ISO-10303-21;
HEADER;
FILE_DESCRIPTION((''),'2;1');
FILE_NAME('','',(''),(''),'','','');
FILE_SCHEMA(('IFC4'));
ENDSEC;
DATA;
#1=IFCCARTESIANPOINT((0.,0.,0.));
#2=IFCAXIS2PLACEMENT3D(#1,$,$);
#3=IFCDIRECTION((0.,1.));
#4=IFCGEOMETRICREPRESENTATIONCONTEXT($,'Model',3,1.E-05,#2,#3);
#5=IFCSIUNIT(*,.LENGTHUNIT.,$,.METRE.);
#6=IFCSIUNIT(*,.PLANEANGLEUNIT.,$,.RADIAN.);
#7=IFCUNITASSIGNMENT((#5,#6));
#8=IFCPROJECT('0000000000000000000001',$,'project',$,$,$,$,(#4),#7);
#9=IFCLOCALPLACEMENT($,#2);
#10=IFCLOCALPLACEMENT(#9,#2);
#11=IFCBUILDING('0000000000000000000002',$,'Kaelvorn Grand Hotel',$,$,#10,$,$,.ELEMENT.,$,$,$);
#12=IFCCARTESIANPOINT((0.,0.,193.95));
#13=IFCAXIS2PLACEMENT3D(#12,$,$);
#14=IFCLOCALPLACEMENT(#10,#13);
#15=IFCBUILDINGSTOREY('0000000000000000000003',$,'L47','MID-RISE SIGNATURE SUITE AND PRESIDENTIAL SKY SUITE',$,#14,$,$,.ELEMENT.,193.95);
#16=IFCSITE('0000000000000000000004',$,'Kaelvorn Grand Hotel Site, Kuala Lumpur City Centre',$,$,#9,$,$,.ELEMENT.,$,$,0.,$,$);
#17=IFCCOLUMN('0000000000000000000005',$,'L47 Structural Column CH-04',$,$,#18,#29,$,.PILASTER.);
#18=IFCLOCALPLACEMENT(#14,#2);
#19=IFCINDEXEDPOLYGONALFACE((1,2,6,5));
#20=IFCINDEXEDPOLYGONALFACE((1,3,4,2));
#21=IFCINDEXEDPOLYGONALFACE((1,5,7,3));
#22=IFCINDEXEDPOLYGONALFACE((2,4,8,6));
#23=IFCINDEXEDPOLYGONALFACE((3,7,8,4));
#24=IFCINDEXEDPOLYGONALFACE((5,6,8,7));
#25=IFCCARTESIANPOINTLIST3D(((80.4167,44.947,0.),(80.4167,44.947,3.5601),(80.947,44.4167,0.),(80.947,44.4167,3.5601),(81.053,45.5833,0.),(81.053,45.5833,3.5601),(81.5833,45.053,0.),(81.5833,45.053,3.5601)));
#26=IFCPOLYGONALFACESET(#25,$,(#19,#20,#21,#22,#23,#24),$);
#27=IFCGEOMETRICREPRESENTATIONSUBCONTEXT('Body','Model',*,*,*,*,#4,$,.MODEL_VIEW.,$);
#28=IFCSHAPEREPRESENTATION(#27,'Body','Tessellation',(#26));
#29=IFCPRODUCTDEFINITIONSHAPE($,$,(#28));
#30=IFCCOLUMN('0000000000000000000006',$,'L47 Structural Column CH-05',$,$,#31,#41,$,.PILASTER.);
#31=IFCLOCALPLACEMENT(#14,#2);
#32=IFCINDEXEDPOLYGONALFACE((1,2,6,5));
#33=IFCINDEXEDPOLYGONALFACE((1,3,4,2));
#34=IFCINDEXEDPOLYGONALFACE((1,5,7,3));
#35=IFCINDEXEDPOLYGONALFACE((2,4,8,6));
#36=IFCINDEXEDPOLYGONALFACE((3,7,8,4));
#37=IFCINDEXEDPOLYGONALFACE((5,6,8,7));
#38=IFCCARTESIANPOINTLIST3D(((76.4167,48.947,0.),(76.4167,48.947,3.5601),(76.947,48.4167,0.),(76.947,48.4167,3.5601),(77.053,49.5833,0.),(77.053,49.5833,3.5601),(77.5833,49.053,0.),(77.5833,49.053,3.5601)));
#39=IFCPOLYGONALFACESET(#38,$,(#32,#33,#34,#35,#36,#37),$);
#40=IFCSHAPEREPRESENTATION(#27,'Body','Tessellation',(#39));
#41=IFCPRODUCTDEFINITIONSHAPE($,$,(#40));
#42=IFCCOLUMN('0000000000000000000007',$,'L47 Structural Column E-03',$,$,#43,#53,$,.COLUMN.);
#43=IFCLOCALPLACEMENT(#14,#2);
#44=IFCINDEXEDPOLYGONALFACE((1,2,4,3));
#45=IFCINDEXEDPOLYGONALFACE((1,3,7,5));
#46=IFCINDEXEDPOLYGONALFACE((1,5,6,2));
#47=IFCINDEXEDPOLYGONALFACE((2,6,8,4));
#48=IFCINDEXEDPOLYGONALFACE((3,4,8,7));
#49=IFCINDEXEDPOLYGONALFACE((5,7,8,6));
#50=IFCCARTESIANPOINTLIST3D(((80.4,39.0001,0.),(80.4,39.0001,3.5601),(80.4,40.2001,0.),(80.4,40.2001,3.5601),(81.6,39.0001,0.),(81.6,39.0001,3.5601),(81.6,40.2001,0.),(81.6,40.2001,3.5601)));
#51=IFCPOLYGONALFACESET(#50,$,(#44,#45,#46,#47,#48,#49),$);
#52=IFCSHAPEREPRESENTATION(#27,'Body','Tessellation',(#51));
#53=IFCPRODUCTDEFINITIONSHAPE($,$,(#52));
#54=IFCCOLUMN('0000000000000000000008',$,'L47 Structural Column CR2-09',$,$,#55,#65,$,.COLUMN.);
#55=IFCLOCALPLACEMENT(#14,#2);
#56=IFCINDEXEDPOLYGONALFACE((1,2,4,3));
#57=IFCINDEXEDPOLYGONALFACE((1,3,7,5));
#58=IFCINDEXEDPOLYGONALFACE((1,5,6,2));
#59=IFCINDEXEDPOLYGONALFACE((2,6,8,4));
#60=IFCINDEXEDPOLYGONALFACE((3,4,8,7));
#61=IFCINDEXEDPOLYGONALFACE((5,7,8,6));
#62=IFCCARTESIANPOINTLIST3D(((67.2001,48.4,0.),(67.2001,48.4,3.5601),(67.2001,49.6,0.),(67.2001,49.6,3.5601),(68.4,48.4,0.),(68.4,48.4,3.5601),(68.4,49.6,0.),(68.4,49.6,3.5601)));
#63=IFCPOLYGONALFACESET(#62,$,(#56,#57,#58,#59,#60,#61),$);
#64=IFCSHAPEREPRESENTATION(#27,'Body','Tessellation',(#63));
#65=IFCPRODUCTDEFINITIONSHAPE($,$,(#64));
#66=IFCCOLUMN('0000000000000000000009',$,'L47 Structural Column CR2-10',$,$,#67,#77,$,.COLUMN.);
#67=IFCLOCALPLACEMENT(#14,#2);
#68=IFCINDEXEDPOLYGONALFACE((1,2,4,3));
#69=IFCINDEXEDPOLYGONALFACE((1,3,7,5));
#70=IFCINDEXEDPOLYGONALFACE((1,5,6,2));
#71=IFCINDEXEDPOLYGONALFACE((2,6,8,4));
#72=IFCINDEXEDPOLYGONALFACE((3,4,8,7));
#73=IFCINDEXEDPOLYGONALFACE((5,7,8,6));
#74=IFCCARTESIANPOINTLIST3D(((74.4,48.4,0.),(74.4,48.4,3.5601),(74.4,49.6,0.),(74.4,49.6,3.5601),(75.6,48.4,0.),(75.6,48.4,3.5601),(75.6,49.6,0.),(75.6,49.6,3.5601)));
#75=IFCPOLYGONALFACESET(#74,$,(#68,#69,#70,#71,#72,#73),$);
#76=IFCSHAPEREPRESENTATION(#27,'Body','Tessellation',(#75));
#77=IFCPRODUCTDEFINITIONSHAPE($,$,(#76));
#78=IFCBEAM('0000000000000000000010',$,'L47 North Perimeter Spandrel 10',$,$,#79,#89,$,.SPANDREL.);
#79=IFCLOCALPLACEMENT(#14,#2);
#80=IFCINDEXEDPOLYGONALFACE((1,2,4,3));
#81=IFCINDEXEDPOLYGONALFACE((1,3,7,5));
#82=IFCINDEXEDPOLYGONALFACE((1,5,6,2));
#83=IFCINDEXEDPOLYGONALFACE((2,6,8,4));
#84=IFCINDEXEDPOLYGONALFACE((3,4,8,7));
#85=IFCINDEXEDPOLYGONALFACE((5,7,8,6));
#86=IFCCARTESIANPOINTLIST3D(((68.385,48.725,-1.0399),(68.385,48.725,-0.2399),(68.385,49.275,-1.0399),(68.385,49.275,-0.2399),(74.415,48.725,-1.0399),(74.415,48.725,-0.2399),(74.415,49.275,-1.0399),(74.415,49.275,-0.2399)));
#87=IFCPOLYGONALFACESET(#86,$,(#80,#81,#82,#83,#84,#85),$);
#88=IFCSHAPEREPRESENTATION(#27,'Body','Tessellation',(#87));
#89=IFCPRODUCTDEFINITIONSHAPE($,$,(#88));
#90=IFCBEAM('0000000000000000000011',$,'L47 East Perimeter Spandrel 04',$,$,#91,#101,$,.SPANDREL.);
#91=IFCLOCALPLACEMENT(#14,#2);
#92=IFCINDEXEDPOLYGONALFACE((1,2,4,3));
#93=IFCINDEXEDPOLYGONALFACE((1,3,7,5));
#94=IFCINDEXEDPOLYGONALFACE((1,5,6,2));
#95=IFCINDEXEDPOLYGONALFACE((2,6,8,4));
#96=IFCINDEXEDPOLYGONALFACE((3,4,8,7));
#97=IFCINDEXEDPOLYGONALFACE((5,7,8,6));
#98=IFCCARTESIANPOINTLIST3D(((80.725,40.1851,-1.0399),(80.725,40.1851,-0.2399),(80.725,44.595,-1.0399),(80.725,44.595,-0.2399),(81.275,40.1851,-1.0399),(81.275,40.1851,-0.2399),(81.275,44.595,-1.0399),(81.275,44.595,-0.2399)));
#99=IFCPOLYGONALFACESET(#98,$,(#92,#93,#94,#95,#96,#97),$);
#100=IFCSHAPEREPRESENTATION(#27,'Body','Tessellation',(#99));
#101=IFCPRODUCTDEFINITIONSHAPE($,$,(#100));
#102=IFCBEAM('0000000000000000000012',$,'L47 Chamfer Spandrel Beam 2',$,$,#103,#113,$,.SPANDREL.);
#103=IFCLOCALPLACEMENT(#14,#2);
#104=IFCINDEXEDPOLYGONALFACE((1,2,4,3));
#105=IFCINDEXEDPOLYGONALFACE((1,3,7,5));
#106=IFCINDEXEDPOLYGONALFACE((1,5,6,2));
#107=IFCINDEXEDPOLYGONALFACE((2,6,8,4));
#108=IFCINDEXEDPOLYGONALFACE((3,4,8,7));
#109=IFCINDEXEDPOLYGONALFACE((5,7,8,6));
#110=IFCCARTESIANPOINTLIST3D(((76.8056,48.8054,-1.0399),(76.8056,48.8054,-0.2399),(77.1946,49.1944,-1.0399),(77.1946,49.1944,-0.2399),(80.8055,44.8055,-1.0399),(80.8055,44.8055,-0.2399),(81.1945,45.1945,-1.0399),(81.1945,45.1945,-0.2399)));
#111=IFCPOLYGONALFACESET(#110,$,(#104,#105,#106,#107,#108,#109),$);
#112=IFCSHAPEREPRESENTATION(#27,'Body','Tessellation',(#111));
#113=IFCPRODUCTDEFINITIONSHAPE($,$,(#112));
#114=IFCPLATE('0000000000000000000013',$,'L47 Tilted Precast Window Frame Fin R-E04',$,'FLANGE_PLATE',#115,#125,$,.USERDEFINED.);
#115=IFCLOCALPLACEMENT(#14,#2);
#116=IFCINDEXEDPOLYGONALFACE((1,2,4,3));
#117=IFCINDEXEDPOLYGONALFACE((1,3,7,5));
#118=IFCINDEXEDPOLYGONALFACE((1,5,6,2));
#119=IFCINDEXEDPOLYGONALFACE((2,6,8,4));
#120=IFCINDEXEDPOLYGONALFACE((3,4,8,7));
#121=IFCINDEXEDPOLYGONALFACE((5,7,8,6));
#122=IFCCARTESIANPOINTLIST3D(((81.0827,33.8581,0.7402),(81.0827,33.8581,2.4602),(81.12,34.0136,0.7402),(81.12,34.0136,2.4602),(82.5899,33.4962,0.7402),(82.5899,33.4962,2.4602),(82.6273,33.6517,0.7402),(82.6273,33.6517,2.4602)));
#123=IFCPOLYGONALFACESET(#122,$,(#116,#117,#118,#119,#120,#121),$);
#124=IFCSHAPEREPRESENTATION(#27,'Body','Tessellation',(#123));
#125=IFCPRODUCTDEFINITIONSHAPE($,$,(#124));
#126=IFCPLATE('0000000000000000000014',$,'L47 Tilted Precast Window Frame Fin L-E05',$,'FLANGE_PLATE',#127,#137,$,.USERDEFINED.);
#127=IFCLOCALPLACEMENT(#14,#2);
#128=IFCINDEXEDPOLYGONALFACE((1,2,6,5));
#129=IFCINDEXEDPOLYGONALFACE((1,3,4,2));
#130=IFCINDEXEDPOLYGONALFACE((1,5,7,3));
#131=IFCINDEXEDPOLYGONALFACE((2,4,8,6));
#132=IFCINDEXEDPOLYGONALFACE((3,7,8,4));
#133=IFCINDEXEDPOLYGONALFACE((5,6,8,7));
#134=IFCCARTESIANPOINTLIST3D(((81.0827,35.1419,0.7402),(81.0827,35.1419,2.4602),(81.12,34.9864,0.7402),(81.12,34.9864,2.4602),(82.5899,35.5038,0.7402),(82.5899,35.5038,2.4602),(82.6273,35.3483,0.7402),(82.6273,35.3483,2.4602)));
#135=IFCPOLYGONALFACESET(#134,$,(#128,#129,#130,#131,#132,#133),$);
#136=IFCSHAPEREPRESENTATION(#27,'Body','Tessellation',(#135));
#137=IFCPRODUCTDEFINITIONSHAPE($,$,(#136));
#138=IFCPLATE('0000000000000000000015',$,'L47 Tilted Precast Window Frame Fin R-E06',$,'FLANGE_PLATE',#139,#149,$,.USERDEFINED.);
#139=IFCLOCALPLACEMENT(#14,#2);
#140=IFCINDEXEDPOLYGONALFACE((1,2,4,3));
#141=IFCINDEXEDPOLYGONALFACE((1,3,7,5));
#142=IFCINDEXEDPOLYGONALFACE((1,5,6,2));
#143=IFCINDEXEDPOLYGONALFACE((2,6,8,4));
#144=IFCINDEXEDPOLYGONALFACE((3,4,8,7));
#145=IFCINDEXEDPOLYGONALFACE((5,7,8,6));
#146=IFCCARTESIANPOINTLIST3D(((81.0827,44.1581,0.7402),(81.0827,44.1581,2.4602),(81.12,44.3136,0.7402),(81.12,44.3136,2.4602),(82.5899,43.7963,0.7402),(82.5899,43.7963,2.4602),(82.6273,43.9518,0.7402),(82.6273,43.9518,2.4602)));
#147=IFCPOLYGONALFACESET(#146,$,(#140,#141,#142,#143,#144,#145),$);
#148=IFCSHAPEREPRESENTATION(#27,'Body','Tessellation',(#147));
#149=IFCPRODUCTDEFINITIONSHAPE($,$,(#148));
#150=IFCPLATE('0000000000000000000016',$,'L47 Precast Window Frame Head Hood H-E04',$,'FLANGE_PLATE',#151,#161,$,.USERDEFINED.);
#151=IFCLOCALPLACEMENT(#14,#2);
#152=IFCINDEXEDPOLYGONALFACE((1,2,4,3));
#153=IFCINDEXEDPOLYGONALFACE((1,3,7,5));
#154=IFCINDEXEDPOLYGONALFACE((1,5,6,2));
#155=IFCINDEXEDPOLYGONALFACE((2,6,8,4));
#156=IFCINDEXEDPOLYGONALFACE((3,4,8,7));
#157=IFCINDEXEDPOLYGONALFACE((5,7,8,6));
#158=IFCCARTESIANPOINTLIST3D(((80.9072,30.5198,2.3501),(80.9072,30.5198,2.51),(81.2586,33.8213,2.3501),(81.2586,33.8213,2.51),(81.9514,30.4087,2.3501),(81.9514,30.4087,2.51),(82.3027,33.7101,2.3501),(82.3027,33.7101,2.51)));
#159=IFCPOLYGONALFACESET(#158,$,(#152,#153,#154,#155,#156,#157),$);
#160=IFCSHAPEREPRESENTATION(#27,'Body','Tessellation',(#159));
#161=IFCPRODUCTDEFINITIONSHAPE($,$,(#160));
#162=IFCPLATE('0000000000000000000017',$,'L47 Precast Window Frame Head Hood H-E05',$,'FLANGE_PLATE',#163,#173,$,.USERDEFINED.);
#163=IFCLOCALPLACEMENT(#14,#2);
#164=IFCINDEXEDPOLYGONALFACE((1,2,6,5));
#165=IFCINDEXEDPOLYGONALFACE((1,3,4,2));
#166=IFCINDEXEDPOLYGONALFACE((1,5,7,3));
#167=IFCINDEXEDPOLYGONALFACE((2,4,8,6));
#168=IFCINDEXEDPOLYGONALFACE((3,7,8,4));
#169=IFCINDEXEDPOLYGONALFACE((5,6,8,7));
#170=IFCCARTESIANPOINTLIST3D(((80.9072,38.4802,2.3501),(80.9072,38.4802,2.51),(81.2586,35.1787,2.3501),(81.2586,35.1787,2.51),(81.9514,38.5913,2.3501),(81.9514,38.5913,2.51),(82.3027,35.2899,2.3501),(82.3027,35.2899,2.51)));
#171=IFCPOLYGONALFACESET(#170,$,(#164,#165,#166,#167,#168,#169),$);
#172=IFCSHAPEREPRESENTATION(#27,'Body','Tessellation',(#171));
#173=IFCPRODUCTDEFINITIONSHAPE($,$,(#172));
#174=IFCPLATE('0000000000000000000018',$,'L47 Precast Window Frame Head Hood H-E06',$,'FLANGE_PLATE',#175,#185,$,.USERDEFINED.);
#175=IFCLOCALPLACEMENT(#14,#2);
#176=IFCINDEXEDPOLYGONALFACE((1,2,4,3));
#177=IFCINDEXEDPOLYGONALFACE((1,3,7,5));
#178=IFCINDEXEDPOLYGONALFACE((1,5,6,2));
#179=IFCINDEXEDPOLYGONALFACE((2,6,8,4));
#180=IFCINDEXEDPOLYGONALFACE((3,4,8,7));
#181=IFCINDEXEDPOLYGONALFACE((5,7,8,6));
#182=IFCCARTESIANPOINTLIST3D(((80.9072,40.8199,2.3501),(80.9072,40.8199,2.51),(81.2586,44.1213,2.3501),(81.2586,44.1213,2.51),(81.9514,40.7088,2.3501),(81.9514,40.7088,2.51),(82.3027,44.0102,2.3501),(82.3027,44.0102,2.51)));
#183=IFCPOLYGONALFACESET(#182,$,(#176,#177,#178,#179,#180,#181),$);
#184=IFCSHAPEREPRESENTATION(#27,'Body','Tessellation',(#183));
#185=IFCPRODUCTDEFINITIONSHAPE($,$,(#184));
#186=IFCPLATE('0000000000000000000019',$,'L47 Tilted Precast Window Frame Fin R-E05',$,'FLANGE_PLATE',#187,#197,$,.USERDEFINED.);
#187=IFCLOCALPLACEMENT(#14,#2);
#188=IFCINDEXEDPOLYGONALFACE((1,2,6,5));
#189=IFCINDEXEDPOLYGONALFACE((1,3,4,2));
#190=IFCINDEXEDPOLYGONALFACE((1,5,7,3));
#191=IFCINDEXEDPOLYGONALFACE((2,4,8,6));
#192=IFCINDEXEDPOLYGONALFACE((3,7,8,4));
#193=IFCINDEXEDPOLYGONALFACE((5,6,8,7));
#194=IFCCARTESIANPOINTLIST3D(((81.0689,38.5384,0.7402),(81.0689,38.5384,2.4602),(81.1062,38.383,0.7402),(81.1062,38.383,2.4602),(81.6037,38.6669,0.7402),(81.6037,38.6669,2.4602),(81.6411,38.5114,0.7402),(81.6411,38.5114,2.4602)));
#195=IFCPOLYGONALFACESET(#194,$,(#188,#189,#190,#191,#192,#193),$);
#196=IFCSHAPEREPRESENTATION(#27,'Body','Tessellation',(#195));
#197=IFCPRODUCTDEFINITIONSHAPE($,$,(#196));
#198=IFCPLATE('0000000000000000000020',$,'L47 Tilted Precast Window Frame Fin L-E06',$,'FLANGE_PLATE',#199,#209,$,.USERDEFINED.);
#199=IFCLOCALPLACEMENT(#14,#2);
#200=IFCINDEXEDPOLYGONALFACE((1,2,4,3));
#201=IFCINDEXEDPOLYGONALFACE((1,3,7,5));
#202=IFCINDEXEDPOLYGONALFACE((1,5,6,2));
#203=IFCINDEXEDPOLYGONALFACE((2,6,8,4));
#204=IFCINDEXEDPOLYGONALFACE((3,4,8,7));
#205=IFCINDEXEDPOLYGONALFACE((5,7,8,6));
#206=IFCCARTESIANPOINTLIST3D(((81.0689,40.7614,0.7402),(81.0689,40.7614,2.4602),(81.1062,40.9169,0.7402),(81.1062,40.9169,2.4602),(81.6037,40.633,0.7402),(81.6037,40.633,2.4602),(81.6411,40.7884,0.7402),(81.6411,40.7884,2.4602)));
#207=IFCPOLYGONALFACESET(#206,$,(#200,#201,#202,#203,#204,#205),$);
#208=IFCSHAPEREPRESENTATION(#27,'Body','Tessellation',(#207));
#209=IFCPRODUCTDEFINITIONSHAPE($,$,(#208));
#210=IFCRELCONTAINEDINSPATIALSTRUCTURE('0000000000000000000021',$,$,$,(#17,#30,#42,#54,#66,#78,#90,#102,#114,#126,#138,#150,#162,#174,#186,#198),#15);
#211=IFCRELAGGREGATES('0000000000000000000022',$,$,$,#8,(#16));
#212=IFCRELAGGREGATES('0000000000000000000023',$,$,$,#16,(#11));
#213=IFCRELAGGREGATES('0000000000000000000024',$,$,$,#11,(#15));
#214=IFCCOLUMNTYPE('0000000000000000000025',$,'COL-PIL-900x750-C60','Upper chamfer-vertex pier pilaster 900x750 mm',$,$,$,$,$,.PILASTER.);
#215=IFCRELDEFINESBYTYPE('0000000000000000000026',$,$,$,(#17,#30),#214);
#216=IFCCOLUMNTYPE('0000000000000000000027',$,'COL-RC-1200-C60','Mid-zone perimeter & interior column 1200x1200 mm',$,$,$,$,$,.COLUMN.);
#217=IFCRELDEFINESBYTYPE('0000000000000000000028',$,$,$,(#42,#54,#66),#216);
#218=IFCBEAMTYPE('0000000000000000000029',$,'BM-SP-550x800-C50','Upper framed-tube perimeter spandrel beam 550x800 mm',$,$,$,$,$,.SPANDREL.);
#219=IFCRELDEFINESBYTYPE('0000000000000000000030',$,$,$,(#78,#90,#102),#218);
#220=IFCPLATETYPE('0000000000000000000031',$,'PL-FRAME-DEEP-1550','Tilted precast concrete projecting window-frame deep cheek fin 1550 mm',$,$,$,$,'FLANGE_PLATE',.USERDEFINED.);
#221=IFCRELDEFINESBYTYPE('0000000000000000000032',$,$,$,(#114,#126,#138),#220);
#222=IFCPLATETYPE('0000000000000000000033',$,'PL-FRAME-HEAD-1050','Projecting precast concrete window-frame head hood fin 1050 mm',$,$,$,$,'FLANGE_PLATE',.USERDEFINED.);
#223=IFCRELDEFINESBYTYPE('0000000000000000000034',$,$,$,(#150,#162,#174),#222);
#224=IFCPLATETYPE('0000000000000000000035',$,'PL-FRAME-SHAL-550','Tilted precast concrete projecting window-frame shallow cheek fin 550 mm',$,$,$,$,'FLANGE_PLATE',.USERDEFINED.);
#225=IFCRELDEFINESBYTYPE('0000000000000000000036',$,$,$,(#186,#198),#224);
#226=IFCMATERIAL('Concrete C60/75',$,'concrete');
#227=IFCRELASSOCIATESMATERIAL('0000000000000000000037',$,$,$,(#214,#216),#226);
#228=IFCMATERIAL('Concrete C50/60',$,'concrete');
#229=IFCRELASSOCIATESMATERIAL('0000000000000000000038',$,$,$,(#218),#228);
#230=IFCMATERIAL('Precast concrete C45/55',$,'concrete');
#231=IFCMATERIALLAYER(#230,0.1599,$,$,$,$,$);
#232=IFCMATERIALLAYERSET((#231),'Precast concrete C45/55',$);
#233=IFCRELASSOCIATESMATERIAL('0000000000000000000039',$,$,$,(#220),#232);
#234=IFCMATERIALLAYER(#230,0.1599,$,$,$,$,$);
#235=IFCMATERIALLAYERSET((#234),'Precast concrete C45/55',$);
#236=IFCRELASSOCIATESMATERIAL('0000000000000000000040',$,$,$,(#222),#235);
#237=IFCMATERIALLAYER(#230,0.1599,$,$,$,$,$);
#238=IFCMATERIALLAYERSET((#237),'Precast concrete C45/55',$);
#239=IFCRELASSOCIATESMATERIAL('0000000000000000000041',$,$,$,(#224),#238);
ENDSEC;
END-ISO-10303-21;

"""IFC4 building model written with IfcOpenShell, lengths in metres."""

from ifc_helpers import new_model, si_unit, direction, frame, origin, origin_2d, place, context, subcontext, project, spatial, rectangle, extrude, material, layer, layer_set, material_profile, profile_set, type_object, element, save


model = new_model("IFC4")

# Units and contexts
model_context = context("Model", 3, precision=1e-05, world=origin(), true_north=direction((0.0, 1.0)))
body_context = subcontext(model_context, "Body", "Model", "MODEL_VIEW")
ifc_project = project(units=[si_unit("LENGTHUNIT", "METRE"), si_unit("PLANEANGLEUNIT", "RADIAN")], contexts=[model_context])

# Site, building, storey
site_placement = place(None, origin())
site = spatial("IfcSite", under=ifc_project, at=site_placement, Name="Kaelvorn Grand Hotel Site, Kuala Lumpur City Centre", CompositionType="ELEMENT", RefElevation=0.0)
building_placement = place(site_placement, origin())
building = spatial("IfcBuilding", under=site, at=building_placement, Name="Kaelvorn Grand Hotel", CompositionType="ELEMENT")
storey_placement = place(building_placement, frame((0.0, 0.0, 193.95)))
storey = spatial("IfcBuildingStorey", under=building, at=storey_placement, Name="L47", Description="MID-RISE SIGNATURE SUITE AND PRESIDENTIAL SKY SUITE", CompositionType="ELEMENT", Elevation=193.95)

# Columns
ifc_material_1 = material(Name="Concrete C60/75", Category="concrete")
ifc_material_profile_1 = material_profile(ifc_material_1, rectangle(XDim=0.8999, YDim=0.75, at=origin_2d()), Name="RC PILASTER 900x750")
ifc_profile_set_1 = profile_set([ifc_material_profile_1], Name="Concrete C60/75")
column_type_1 = type_object("IfcColumnType", Name="COL-PIL-900x750-C60", Description="Upper chamfer-vertex pier pilaster 900x750 mm", PredefinedType="PILASTER", material=ifc_profile_set_1)
for number, where, z_axis, x_axis, name in (
    (1, (81.0, 45.0, 0.0), (0.0, 0.0, 1.0), (0.707107, 0.707107, 0.0), "L47 Structural Column CH-04"),
    (2, (77.0, 49.0, 0.0), (0.0, 0.0, 1.0), (0.707107, 0.707107, 0.0), "L47 Structural Column CH-05"),
):
    element("IfcColumn", number, at=place(storey_placement, frame(where, z_axis=z_axis, x_axis=x_axis)), inside=storey, type_object=column_type_1, Name=name, PredefinedType="PILASTER", context=body_context, shape_type="SweptSolid", body=[
        extrude(rectangle(XDim=0.8999, YDim=0.75, at=origin_2d()), origin(), (0.0, 0.0, 1.0), 3.5601),
    ])
ifc_material_profile_2 = material_profile(ifc_material_1, rectangle(XDim=1.2, YDim=1.2, at=origin_2d()), Name="RC COL 1200x1200")
ifc_profile_set_2 = profile_set([ifc_material_profile_2], Name="Concrete C60/75")
column_type_2 = type_object("IfcColumnType", Name="COL-RC-1200-C60", Description="Mid-zone perimeter & interior column 1200x1200 mm", PredefinedType="COLUMN", material=ifc_profile_set_2)
for number, where, z_axis, x_axis, name in (
    (3, (81.0, 39.6001, 0.0), (0.0, 0.0, 1.0), (1.0, 0.0, 0.0), "L47 Structural Column E-03"),
    (4, (67.8, 49.0, 0.0), (0.0, 0.0, 1.0), (1.0, 0.0, 0.0), "L47 Structural Column CR2-09"),
    (5, (75.0, 49.0, 0.0), (0.0, 0.0, 1.0), (1.0, 0.0, 0.0), "L47 Structural Column CR2-10"),
):
    element("IfcColumn", number, at=place(storey_placement, frame(where, z_axis=z_axis, x_axis=x_axis)), inside=storey, type_object=column_type_2, Name=name, PredefinedType="COLUMN", context=body_context, shape_type="SweptSolid", body=[
        extrude(rectangle(XDim=1.2, YDim=1.2, at=origin_2d()), origin(), (0.0, 0.0, 1.0), 3.5601),
    ])

# Beams
ifc_material_2 = material(Name="Concrete C50/60", Category="concrete")
ifc_material_profile_3 = material_profile(ifc_material_2, rectangle(XDim=0.55, YDim=0.8, at=origin_2d()), Name="RC SPANDREL 550x800")
ifc_profile_set_3 = profile_set([ifc_material_profile_3], Name="Concrete C50/60")
beam_type = type_object("IfcBeamType", Name="BM-SP-550x800-C50", Description="Upper framed-tube perimeter spandrel beam 550x800 mm", PredefinedType="SPANDREL", material=ifc_profile_set_3)
beam_1_placement = place(storey_placement, frame((68.385, 49.0, -0.6399), z_axis=(1.0, 0.0, 0.0), x_axis=(0.0, 1.0, 0.0)))
element("IfcBeam", 6, at=beam_1_placement, inside=storey, type_object=beam_type, Name="L47 North Perimeter Spandrel 10", PredefinedType="SPANDREL", context=body_context, shape_type="SweptSolid", body=[
    extrude(rectangle(XDim=0.55, YDim=0.8, at=origin_2d()), origin(), (0.0, 0.0, 1.0), 6.03),
])
beam_2_placement = place(storey_placement, frame((81.0, 40.1851, -0.6399), z_axis=(0.0, 1.0, 0.0), x_axis=(-1.0, 0.0, 0.0)))
element("IfcBeam", 7, at=beam_2_placement, inside=storey, type_object=beam_type, Name="L47 East Perimeter Spandrel 04", PredefinedType="SPANDREL", context=body_context, shape_type="SweptSolid", body=[
    extrude(rectangle(XDim=0.55, YDim=0.8, at=origin_2d()), origin(), (0.0, 0.0, 1.0), 4.4099),
])
beam_3_placement = place(storey_placement, frame((81.0, 45.0, -0.6399), z_axis=(-0.707107, 0.707107, 0.0), x_axis=(-0.707107, -0.707107, 0.0)))
element("IfcBeam", 8, at=beam_3_placement, inside=storey, type_object=beam_type, Name="L47 Chamfer Spandrel Beam 2", PredefinedType="SPANDREL", context=body_context, shape_type="SweptSolid", body=[
    extrude(rectangle(XDim=0.55, YDim=0.8, at=origin_2d()), origin(), (0.0, 0.0, 1.0), 5.6567),
])

# Plates
ifc_material_3 = material(Name="Precast concrete C45/55", Category="concrete")
ifc_layer_1 = layer(ifc_material_3, 0.1599)
ifc_layer_set_1 = layer_set([ifc_layer_1], Name="Precast concrete C45/55")
plate_type_1 = type_object("IfcPlateType", Name="PL-FRAME-DEEP-1550", Description="Tilted precast concrete projecting window-frame deep cheek fin 1550 mm", ElementType="FLANGE_PLATE", PredefinedType="USERDEFINED", material=ifc_layer_set_1)
for number, where, z_axis, x_axis, name in (
    (9, (81.855, 33.7549, 0.7402), (0.0, 0.0, 1.0), (0.233445, 0.97237, 0.0), "L47 Tilted Precast Window Frame Fin R-E04"),
    (10, (81.855, 35.2451, 0.7402), (0.0, 0.0, 1.0), (-0.233445, 0.97237, 0.0), "L47 Tilted Precast Window Frame Fin L-E05"),
    (11, (81.855, 44.0549, 0.7402), (0.0, 0.0, 1.0), (0.233445, 0.97237, 0.0), "L47 Tilted Precast Window Frame Fin R-E06"),
):
    element("IfcPlate", number, at=place(storey_placement, frame(where, z_axis=z_axis, x_axis=x_axis)), inside=storey, type_object=plate_type_1, Name=name, ObjectType="FLANGE_PLATE", PredefinedType="USERDEFINED", context=body_context, shape_type="SweptSolid", body=[
        extrude(rectangle(XDim=0.1599, YDim=1.55, at=origin_2d()), origin(), (0.0, 0.0, 1.0), 1.72),
    ])
ifc_layer_2 = layer(ifc_material_3, 0.1599)
ifc_layer_set_2 = layer_set([ifc_layer_2], Name="Precast concrete C45/55")
plate_type_2 = type_object("IfcPlateType", Name="PL-FRAME-HEAD-1050", Description="Projecting precast concrete window-frame head hood fin 1050 mm", ElementType="FLANGE_PLATE", PredefinedType="USERDEFINED", material=ifc_layer_set_2)
for number, where, z_axis, x_axis, name in (
    (12, (81.605, 32.115, 2.3501), (0.0, 0.0, 1.0), (0.10583, 0.994384, 0.0), "L47 Precast Window Frame Head Hood H-E04"),
    (13, (81.605, 36.885, 2.3501), (0.0, 0.0, 1.0), (-0.10583, 0.994384, 0.0), "L47 Precast Window Frame Head Hood H-E05"),
    (14, (81.605, 42.415, 2.3501), (0.0, 0.0, 1.0), (0.10583, 0.994384, 0.0), "L47 Precast Window Frame Head Hood H-E06"),
):
    element("IfcPlate", number, at=place(storey_placement, frame(where, z_axis=z_axis, x_axis=x_axis)), inside=storey, type_object=plate_type_2, Name=name, ObjectType="FLANGE_PLATE", PredefinedType="USERDEFINED", context=body_context, shape_type="SweptSolid", body=[
        extrude(rectangle(XDim=3.3201, YDim=1.05, at=origin_2d()), origin(), (0.0, 0.0, 1.0), 0.1599),
    ])
ifc_layer_3 = layer(ifc_material_3, 0.1599)
ifc_layer_set_3 = layer_set([ifc_layer_3], Name="Precast concrete C45/55")
plate_type_3 = type_object("IfcPlateType", Name="PL-FRAME-SHAL-550", Description="Tilted precast concrete projecting window-frame shallow cheek fin 550 mm", ElementType="FLANGE_PLATE", PredefinedType="USERDEFINED", material=ifc_layer_set_3)
for number, where, z_axis, x_axis, name in (
    (15, (81.355, 38.5249, 0.7402), (0.0, 0.0, 1.0), (-0.233445, 0.97237, 0.0), "L47 Tilted Precast Window Frame Fin R-E05"),
    (16, (81.355, 40.7749, 0.7402), (0.0, 0.0, 1.0), (0.233445, 0.97237, 0.0), "L47 Tilted Precast Window Frame Fin L-E06"),
):
    element("IfcPlate", number, at=place(storey_placement, frame(where, z_axis=z_axis, x_axis=x_axis)), inside=storey, type_object=plate_type_3, Name=name, ObjectType="FLANGE_PLATE", PredefinedType="USERDEFINED", context=body_context, shape_type="SweptSolid", body=[
        extrude(rectangle(XDim=0.1599, YDim=0.55, at=origin_2d()), origin(), (0.0, 0.0, 1.0), 1.72),
    ])

save(model, "model.ifc")
